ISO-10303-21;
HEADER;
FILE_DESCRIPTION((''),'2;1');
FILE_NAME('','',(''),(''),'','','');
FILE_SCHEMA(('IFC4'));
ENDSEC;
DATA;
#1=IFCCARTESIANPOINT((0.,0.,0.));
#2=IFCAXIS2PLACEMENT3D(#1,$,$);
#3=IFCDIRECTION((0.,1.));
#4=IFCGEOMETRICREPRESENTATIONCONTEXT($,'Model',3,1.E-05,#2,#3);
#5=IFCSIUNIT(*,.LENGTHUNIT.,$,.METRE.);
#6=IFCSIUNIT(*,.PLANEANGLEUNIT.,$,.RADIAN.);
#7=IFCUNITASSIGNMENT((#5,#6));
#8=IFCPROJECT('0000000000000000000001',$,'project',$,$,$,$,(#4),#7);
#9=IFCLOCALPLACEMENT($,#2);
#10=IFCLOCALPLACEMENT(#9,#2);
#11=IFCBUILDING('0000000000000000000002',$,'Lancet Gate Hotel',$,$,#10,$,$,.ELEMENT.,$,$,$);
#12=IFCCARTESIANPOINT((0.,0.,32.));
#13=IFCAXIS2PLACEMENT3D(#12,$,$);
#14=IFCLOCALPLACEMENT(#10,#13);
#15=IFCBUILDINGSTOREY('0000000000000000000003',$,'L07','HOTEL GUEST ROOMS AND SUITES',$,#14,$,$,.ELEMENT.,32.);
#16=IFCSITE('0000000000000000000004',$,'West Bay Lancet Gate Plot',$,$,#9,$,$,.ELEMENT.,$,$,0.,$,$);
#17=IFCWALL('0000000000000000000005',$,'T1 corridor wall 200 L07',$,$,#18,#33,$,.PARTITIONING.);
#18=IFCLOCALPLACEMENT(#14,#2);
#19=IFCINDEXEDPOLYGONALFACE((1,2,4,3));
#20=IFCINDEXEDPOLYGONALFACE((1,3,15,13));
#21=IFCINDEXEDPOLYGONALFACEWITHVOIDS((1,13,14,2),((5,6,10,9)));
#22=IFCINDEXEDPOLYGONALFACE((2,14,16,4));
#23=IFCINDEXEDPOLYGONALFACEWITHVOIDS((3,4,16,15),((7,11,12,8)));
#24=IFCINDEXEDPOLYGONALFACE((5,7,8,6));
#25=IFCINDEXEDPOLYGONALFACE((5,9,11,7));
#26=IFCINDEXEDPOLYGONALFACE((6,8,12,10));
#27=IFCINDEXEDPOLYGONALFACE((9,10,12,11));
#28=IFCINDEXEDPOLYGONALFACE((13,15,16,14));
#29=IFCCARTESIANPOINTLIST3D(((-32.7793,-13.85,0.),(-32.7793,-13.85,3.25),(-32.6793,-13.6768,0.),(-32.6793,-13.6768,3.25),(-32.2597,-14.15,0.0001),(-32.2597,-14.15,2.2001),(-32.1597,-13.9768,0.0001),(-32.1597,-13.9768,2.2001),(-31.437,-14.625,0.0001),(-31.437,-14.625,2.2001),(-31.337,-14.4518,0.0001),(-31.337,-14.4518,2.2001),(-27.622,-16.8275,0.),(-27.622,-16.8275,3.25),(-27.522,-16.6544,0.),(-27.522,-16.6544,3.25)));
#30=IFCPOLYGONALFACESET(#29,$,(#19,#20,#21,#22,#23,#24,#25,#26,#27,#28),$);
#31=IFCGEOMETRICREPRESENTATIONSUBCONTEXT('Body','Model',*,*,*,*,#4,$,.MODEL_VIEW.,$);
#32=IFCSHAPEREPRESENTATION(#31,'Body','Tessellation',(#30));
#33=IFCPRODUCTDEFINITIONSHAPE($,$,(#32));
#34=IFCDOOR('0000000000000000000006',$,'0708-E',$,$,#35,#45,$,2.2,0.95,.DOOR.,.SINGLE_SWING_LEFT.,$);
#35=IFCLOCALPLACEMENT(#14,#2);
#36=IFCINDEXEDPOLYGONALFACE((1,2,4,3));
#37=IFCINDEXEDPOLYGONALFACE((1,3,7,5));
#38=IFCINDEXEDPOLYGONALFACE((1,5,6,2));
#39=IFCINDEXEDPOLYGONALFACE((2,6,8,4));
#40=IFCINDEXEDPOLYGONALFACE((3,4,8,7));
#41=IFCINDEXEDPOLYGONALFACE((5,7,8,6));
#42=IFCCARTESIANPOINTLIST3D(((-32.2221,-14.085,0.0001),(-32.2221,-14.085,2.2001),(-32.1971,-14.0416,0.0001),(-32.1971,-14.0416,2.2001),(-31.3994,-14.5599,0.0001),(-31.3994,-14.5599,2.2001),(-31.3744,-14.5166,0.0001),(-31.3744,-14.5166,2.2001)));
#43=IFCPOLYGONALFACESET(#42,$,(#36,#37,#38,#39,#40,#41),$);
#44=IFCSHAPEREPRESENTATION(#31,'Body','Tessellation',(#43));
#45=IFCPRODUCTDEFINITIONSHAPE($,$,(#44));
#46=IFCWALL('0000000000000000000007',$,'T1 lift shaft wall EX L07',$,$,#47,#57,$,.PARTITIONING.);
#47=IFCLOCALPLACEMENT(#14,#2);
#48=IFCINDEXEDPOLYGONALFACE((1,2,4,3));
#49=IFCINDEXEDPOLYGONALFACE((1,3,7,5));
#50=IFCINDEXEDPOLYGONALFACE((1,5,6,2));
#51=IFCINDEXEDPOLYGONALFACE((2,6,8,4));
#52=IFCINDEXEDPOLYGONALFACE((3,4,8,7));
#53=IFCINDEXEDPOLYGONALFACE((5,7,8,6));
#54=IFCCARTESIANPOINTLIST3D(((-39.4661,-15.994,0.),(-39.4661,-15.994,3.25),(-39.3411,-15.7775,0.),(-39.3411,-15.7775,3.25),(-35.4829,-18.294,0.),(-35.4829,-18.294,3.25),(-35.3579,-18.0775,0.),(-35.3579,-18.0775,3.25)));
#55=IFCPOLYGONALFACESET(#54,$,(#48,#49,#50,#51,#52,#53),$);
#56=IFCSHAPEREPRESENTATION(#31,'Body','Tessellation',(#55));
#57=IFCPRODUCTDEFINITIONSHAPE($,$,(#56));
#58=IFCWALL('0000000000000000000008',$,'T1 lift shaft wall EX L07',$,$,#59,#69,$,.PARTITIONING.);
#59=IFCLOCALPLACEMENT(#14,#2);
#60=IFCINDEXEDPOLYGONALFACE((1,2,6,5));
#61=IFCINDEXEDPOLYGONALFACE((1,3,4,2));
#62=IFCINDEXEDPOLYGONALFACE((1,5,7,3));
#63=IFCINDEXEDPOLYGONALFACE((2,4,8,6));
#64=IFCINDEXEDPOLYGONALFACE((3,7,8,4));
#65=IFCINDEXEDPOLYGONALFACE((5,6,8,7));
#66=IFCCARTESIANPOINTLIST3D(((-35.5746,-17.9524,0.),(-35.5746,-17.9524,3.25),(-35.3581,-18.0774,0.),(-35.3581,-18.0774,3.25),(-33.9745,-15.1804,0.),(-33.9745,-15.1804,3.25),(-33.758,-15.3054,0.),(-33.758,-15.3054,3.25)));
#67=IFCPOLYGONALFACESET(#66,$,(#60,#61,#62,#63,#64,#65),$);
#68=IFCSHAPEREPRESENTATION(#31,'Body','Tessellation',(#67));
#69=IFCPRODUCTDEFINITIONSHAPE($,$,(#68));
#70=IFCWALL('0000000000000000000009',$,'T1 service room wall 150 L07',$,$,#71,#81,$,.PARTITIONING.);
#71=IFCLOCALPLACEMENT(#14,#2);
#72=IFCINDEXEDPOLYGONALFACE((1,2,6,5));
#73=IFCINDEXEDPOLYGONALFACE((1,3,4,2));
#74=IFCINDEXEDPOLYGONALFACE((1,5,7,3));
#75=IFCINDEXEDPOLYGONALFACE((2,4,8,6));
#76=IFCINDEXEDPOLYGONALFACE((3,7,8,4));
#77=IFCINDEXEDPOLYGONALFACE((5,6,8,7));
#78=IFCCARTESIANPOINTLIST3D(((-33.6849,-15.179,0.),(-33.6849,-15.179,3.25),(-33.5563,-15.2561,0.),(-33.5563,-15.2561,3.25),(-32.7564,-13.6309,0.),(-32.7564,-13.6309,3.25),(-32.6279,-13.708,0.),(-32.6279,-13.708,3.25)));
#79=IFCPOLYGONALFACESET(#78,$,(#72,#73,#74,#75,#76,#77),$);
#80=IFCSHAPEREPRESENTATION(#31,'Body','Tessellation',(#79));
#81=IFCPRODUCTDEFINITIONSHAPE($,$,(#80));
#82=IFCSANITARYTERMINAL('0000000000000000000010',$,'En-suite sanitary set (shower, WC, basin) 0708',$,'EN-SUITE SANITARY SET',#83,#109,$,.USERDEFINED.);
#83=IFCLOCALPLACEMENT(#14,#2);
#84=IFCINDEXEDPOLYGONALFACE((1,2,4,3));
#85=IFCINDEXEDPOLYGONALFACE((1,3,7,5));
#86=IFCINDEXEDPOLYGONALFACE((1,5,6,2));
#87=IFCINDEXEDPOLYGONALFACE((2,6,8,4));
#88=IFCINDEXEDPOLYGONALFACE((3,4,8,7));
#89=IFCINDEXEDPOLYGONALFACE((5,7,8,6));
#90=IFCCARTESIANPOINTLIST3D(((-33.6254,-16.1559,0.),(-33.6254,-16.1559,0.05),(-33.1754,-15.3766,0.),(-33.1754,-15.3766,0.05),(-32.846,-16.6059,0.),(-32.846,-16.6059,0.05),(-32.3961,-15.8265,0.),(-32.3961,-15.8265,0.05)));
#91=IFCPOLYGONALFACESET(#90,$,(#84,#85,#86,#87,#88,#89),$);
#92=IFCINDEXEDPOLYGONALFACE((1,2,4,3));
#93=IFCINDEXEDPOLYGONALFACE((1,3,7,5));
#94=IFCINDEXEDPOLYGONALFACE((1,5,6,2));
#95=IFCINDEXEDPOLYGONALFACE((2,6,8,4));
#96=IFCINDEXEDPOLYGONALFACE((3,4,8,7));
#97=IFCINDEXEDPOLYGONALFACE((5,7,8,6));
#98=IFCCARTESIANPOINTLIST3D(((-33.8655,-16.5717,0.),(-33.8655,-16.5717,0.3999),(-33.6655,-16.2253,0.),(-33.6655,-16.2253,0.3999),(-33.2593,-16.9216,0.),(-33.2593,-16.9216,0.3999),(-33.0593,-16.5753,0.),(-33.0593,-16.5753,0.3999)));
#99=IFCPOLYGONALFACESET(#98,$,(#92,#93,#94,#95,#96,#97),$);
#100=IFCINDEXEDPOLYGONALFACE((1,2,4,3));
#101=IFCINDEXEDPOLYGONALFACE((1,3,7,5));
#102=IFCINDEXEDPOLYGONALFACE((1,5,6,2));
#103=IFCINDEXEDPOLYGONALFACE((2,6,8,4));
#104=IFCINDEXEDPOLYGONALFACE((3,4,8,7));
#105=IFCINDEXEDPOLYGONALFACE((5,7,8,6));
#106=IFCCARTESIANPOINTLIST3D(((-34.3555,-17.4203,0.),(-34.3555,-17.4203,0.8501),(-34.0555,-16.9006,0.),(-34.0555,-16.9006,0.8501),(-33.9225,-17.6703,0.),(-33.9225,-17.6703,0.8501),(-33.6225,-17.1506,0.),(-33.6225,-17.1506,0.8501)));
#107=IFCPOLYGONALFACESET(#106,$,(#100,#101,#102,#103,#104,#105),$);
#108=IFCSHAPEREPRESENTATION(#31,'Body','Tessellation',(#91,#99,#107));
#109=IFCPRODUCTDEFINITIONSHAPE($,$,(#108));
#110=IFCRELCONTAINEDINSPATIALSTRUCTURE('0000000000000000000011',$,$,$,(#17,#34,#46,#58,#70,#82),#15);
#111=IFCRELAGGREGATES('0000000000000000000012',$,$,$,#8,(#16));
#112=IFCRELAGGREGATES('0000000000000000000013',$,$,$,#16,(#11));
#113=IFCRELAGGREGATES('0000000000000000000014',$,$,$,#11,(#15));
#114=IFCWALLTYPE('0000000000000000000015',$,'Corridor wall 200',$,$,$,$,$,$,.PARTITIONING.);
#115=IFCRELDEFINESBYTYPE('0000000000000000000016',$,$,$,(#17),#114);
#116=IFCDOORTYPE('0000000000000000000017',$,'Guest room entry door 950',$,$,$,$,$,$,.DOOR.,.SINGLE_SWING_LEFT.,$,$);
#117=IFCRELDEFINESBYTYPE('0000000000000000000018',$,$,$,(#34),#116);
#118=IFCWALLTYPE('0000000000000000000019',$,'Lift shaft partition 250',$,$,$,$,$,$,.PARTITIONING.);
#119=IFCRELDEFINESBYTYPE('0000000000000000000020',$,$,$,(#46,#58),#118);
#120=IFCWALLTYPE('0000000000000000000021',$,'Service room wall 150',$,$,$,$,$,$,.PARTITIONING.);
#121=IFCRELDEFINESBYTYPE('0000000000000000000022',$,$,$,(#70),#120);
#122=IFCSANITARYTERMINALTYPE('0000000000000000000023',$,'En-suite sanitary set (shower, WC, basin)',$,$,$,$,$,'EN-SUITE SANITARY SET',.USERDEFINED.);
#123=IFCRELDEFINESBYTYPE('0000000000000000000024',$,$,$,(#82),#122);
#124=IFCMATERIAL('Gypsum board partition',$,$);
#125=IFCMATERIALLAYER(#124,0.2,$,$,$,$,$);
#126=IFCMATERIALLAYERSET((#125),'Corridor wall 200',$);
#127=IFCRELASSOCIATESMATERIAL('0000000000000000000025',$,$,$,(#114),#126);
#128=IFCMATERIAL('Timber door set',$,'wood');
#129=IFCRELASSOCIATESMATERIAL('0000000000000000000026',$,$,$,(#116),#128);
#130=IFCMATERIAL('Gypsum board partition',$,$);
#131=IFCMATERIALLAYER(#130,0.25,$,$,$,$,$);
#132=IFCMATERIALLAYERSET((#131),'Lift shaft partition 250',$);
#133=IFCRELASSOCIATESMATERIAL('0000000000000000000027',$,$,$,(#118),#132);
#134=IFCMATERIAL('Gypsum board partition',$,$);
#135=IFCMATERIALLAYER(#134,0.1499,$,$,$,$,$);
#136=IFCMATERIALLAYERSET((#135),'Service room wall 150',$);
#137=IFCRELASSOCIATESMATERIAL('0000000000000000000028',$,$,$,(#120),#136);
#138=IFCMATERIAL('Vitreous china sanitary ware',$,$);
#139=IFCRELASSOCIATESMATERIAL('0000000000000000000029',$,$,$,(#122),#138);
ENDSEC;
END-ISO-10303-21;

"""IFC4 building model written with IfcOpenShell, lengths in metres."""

from ifc_helpers import new_model, si_unit, direction, frame, frame_2d, origin, origin_2d, place, context, subcontext, project, spatial, rectangle, extrude, material, layer, layer_set, type_object, element, fill, save


model = new_model("IFC4")

# Units and contexts
model_context = context("Model", 3, precision=1e-05, world=origin(), true_north=direction((0.0, 1.0)))
body_context = subcontext(model_context, "Body", "Model", "MODEL_VIEW")
ifc_project = project(units=[si_unit("LENGTHUNIT", "METRE"), si_unit("PLANEANGLEUNIT", "RADIAN")], contexts=[model_context])

# Site, building, storey
site_placement = place(None, origin())
site = spatial("IfcSite", under=ifc_project, at=site_placement, Name="West Bay Lancet Gate Plot", CompositionType="ELEMENT", RefElevation=0.0)
building_placement = place(site_placement, origin())
building = spatial("IfcBuilding", under=site, at=building_placement, Name="Lancet Gate Hotel", CompositionType="ELEMENT")
storey_placement = place(building_placement, frame((0.0, 0.0, 32.0)))
storey = spatial("IfcBuildingStorey", under=building, at=storey_placement, Name="L07", Description="HOTEL GUEST ROOMS AND SUITES", CompositionType="ELEMENT", Elevation=32.0)

# Wall, opening, door
ifc_material_1 = material(Name="Gypsum board partition")
ifc_layer_1 = layer(ifc_material_1, 0.2)
ifc_layer_set_1 = layer_set([ifc_layer_1], Name="Corridor wall 200")
wall_type_1 = type_object("IfcWallType", Name="Corridor wall 200", PredefinedType="PARTITIONING", material=ifc_layer_set_1)
wall_1_placement = place(storey_placement, frame((-27.572, -16.741, 0.0), z_axis=(0.0, 0.0, 1.0), x_axis=(-0.866024, 0.500002, 0.0)))
wall_1 = element("IfcWall", 1, at=wall_1_placement, inside=storey, type_object=wall_type_1, Name="T1 corridor wall 200 L07", PredefinedType="PARTITIONING", context=body_context, shape_type="SweptSolid", body=[
    extrude(rectangle(XDim=5.9551, YDim=0.2, at=frame_2d((2.9775, 0.0))), origin(), (0.0, 0.0, 1.0), 3.25),
])
opening_1_placement = place(wall_1_placement, frame((4.405, 0.0, 0.0)))
opening_1 = element("IfcOpeningElement", 2, at=opening_1_placement, cuts=wall_1, PredefinedType="OPENING", context=body_context, shape_type="SweptSolid", body=[
    extrude(rectangle(XDim=0.95, YDim=2.2, at=frame_2d((0.4751, 1.1001))), frame((0.0, 0.1099, 0.0), z_axis=(0.0, -1.0, 0.0), x_axis=(1.0, 0.0, 0.0)), (0.0, 0.0, 1.0), 0.22),
])
ifc_material_2 = material(Name="Timber door set", Category="wood")
door_type_1 = type_object("IfcDoorType", Name="Guest room entry door 950", OperationType="SINGLE_SWING_LEFT", PredefinedType="DOOR", material=ifc_material_2)
door_1_placement = place(opening_1_placement, origin())
door_1 = element("IfcDoor", 3, at=door_1_placement, inside=storey, type_object=door_type_1, Name="0708-E", OperationType="SINGLE_SWING_LEFT", OverallHeight=2.2, OverallWidth=0.95, PredefinedType="DOOR", context=body_context, shape_type="SweptSolid", body=[
    extrude(rectangle(XDim=0.95, YDim=2.2, at=frame_2d((0.4751, 1.1001))), frame((0.0, 0.0249, 0.0), z_axis=(0.0, -1.0, 0.0), x_axis=(1.0, 0.0, 0.0)), (0.0, 0.0, 1.0), 0.05),
])
fill(opening_1, door_1)

# Walls
ifc_material_3 = material(Name="Gypsum board partition")
ifc_layer_2 = layer(ifc_material_3, 0.25)
ifc_layer_set_2 = layer_set([ifc_layer_2], Name="Lift shaft partition 250")
wall_type_2 = type_object("IfcWallType", Name="Lift shaft partition 250", PredefinedType="PARTITIONING", material=ifc_layer_set_2)
wall_2_placement = place(storey_placement, frame((-35.4204, -18.1858, 0.0), z_axis=(0.0, 0.0, 1.0), x_axis=(-0.86599, 0.500061, 0.0)))
element("IfcWall", 4, at=wall_2_placement, inside=storey, type_object=wall_type_2, Name="T1 lift shaft wall EX L07", PredefinedType="PARTITIONING", context=body_context, shape_type="SweptSolid", body=[
    extrude(rectangle(XDim=4.5996, YDim=0.25, at=frame_2d((2.2998, 0.0))), origin(), (0.0, 0.0, 1.0), 3.25),
])
wall_3_placement = place(storey_placement, frame((-33.8662, -15.2429, 0.0), z_axis=(0.0, 0.0, 1.0), x_axis=(-0.499929, -0.866066, 0.0)))
element("IfcWall", 5, at=wall_3_placement, inside=storey, type_object=wall_type_2, Name="T1 lift shaft wall EX L07", PredefinedType="PARTITIONING", context=body_context, shape_type="SweptSolid", body=[
    extrude(rectangle(XDim=3.2007, YDim=0.25, at=frame_2d((1.6003, 0.0))), origin(), (0.0, 0.0, 1.0), 3.25),
])
ifc_material_4 = material(Name="Gypsum board partition")
ifc_layer_3 = layer(ifc_material_4, 0.1499)
ifc_layer_set_3 = layer_set([ifc_layer_3], Name="Service room wall 150")
wall_type_3 = type_object("IfcWallType", Name="Service room wall 150", PredefinedType="PARTITIONING", material=ifc_layer_set_3)
wall_4_placement = place(storey_placement, frame((-33.6206, -15.2175, 0.0), z_axis=(0.0, 0.0, 1.0), x_axis=(0.514337, 0.857588, 0.0)))
element("IfcWall", 6, at=wall_4_placement, inside=storey, type_object=wall_type_3, Name="T1 service room wall 150 L07", PredefinedType="PARTITIONING", context=body_context, shape_type="SweptSolid", body=[
    extrude(rectangle(XDim=1.8052, YDim=0.1499, at=frame_2d((0.9026, 0.0))), origin(), (0.0, 0.0, 1.0), 3.25),
])

# Sanitary terminal
ifc_material_5 = material(Name="Vitreous china sanitary ware")
sanitary_terminal_type = type_object("IfcSanitaryTerminalType", Name="En-suite sanitary set (shower, WC, basin)", ElementType="EN-SUITE SANITARY SET", PredefinedType="USERDEFINED", material=ifc_material_5)
sanitary_terminal_placement = place(storey_placement, frame((-33.0107, -15.9912, 0.0), z_axis=(0.0, 0.0, 1.0), x_axis=(1.0, 0.0, 0.0)))
element("IfcSanitaryTerminal", 7, at=sanitary_terminal_placement, inside=storey, type_object=sanitary_terminal_type, Name="En-suite sanitary set (shower, WC, basin) 0708", ObjectType="EN-SUITE SANITARY SET", PredefinedType="USERDEFINED", context=body_context, shape_type="SweptSolid", body=[
    extrude(rectangle(XDim=0.8999, YDim=0.8999, at=origin_2d()), frame((0.0, 0.0, 0.0), z_axis=(0.0, 0.0, 1.0), x_axis=(0.5, 0.866025, 0.0)), (0.0, 0.0, 1.0), 0.05),
    extrude(rectangle(XDim=0.3999, YDim=0.7, at=origin_2d()), frame((-0.4517, -0.5823, 0.0), z_axis=(0.0, 0.0, 1.0), x_axis=(0.5, 0.866025, 0.0)), (0.0, 0.0, 1.0), 0.3999),
    extrude(rectangle(XDim=0.6001, YDim=0.5, at=origin_2d()), frame((-0.9783, -1.2942, 0.0), z_axis=(0.0, 0.0, 1.0), x_axis=(0.5, 0.866025, 0.0)), (0.0, 0.0, 1.0), 0.8501),
])

save(model, "model.ifc")
